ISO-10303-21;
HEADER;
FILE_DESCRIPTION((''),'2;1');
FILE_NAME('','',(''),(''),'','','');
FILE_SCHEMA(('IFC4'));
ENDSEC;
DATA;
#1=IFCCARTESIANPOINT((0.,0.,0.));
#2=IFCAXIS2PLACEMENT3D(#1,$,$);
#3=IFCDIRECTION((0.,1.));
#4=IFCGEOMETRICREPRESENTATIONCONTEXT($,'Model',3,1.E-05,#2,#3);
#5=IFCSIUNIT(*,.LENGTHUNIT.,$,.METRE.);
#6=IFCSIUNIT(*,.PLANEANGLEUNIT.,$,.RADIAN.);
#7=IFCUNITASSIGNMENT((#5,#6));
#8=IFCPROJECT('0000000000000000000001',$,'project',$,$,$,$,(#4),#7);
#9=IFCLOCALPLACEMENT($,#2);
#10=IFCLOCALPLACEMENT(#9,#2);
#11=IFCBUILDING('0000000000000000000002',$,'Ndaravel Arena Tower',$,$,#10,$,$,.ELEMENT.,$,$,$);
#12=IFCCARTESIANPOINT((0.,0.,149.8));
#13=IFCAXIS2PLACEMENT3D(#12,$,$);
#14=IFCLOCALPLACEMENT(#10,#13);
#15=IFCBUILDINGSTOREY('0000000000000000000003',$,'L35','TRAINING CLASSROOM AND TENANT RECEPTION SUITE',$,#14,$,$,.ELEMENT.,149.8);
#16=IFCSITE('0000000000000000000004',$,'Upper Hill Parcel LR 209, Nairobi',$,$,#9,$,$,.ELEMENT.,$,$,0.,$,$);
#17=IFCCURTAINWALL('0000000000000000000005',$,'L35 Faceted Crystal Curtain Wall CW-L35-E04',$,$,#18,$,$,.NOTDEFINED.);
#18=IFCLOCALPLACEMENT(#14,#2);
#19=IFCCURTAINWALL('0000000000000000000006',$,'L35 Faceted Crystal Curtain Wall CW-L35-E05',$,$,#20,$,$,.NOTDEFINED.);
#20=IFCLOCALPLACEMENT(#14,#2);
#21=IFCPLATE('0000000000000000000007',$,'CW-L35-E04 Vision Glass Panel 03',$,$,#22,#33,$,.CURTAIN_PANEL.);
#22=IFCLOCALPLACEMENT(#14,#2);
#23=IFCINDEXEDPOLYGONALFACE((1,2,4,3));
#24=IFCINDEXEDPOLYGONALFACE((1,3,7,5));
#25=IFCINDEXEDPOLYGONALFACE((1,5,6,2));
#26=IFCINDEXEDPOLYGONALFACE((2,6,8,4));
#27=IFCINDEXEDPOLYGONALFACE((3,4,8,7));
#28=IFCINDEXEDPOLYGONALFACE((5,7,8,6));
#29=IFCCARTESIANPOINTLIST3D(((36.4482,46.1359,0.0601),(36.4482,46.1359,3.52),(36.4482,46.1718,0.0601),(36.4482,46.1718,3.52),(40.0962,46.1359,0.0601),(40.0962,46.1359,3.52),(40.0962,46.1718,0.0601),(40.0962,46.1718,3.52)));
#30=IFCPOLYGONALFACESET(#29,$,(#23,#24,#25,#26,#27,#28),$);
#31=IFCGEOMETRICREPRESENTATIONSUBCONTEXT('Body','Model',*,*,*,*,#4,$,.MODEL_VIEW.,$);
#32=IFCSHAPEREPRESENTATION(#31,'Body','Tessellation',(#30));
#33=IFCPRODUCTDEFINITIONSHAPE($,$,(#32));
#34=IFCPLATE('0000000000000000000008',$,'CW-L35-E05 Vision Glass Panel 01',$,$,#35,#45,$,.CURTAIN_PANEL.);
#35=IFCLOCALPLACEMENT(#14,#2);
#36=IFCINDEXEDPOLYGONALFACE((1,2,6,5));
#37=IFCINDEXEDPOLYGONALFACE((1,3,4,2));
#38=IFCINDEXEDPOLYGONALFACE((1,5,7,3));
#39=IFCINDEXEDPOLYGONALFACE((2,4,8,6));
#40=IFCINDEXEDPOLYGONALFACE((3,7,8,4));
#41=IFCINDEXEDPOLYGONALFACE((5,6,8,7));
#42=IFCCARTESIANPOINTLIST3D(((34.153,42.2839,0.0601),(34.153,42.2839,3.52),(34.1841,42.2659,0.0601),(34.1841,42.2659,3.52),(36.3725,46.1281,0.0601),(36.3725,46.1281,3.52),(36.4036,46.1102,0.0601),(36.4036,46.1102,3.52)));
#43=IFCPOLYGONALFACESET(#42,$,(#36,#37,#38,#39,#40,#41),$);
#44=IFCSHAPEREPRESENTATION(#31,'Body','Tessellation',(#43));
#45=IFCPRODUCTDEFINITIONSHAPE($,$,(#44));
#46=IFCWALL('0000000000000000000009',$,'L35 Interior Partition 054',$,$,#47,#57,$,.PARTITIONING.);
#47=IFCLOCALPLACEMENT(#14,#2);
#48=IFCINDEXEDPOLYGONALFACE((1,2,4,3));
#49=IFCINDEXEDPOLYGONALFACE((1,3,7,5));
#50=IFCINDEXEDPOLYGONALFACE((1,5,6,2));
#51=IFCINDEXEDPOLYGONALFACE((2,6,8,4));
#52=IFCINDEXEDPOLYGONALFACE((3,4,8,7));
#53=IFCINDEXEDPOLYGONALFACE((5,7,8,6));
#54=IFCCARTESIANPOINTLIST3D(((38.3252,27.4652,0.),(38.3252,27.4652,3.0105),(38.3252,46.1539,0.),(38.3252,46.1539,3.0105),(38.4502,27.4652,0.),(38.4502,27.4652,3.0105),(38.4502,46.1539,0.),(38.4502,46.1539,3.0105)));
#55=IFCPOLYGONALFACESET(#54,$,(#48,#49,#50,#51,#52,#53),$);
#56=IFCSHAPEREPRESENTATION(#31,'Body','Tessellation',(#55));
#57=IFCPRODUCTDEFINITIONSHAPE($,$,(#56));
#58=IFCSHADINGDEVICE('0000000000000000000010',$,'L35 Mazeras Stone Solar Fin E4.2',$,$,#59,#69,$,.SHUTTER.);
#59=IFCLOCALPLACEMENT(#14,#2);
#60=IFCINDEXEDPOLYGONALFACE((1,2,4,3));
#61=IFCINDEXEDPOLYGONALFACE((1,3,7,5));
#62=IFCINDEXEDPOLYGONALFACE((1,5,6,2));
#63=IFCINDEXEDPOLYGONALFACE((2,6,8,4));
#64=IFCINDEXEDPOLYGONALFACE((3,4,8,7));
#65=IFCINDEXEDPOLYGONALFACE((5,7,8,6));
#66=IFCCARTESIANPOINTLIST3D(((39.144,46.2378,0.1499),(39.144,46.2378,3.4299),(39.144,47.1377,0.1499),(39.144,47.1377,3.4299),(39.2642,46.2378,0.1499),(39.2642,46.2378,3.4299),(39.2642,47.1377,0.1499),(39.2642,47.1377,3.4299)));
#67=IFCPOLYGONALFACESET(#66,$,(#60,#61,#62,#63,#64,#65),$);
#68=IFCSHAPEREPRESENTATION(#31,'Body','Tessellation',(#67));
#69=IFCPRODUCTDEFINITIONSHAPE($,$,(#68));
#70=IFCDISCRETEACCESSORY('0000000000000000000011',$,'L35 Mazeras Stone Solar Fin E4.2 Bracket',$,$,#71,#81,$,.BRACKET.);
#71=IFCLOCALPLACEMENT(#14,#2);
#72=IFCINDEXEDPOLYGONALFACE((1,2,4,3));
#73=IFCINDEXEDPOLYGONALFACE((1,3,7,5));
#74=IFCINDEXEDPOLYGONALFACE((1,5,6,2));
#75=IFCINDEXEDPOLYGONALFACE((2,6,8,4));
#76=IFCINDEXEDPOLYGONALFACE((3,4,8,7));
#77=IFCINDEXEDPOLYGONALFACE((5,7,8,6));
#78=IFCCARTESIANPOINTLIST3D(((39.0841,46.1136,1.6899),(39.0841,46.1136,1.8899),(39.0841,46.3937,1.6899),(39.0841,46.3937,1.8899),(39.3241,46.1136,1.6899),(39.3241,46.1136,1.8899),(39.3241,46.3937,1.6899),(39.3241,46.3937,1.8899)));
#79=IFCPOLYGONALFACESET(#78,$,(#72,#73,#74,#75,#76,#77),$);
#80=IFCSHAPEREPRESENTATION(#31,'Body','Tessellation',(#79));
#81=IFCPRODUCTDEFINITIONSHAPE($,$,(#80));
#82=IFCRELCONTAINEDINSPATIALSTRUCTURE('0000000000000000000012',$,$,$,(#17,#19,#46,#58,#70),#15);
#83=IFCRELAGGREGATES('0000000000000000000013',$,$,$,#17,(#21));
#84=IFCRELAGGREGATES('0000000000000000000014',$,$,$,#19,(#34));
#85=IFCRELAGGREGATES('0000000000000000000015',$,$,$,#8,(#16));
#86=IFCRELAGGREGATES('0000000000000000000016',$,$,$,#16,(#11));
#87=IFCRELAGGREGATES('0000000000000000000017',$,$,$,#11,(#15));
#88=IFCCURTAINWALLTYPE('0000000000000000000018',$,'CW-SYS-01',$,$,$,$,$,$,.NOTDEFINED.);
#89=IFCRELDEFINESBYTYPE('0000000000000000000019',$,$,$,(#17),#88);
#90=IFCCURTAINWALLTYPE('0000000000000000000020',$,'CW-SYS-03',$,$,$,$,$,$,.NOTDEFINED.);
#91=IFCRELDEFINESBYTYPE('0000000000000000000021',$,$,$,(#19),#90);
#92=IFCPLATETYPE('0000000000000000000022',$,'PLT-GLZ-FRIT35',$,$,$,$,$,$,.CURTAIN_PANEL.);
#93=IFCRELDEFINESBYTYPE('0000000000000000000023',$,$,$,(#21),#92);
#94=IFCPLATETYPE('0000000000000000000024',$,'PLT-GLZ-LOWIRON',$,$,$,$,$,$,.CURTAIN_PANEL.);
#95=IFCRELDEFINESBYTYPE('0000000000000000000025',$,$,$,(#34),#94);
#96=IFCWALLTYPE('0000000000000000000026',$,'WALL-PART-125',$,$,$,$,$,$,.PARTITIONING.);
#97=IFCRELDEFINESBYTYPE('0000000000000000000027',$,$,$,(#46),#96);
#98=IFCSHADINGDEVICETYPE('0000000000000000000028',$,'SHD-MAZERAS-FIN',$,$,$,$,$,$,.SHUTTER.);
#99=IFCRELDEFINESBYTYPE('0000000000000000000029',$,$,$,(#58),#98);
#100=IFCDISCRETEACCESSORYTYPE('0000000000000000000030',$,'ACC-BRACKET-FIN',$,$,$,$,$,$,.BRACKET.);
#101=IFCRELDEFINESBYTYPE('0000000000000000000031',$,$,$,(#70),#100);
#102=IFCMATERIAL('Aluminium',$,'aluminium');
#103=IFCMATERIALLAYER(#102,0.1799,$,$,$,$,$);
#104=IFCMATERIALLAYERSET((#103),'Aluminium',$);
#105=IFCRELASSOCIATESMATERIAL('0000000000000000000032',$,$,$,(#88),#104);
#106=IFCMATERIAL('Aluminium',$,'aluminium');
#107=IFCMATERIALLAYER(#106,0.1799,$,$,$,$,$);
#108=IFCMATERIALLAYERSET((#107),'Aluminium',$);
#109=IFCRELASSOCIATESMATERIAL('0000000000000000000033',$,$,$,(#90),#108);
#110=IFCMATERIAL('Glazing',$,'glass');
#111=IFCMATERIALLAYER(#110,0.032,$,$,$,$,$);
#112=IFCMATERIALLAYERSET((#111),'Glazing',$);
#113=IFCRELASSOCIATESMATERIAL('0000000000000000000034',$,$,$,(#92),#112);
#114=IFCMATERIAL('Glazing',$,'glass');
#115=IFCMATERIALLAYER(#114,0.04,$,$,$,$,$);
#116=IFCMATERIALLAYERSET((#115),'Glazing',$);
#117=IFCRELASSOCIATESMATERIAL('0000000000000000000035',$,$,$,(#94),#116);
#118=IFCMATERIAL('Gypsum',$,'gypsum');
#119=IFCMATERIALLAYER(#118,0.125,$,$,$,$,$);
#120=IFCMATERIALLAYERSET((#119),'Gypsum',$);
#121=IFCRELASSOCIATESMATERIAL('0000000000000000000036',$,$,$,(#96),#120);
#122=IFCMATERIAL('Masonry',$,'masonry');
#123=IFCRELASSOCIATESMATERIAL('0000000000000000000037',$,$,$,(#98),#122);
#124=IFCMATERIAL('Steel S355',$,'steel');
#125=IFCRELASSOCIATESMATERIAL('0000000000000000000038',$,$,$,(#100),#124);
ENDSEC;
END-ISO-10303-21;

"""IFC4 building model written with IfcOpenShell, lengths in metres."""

from ifc_helpers import new_model, si_unit, direction, frame, frame_2d, origin, origin_2d, place, context, subcontext, project, spatial, rectangle, extrude, material, layer, layer_set, type_object, element, aggregate, save


model = new_model("IFC4")

# Units and contexts
model_context = context("Model", 3, precision=1e-05, world=origin(), true_north=direction((0.0, 1.0)))
body_context = subcontext(model_context, "Body", "Model", "MODEL_VIEW")
ifc_project = project(units=[si_unit("LENGTHUNIT", "METRE"), si_unit("PLANEANGLEUNIT", "RADIAN")], contexts=[model_context])

# Site, building, storey
site_placement = place(None, origin())
site = spatial("IfcSite", under=ifc_project, at=site_placement, Name="Upper Hill Parcel LR 209, Nairobi", CompositionType="ELEMENT", RefElevation=0.0)
building_placement = place(site_placement, origin())
building = spatial("IfcBuilding", under=site, at=building_placement, Name="Ndaravel Arena Tower", CompositionType="ELEMENT")
storey_placement = place(building_placement, frame((0.0, 0.0, 149.8)))
storey = spatial("IfcBuildingStorey", under=building, at=storey_placement, Name="L35", Description="TRAINING CLASSROOM AND TENANT RECEPTION SUITE", CompositionType="ELEMENT", Elevation=149.8)

# Curtain wall
ifc_material_1 = material(Name="Aluminium", Category="aluminium")
ifc_layer_1 = layer(ifc_material_1, 0.1799)
ifc_layer_set_1 = layer_set([ifc_layer_1], Name="Aluminium")
curtain_wall_type_1 = type_object("IfcCurtainWallType", Name="CW-SYS-01", PredefinedType="NOTDEFINED", material=ifc_layer_set_1)
curtain_wall_1_placement = place(storey_placement, origin())
curtain_wall_1 = element("IfcCurtainWall", 1, at=curtain_wall_1_placement, inside=storey, type_object=curtain_wall_type_1, Name="L35 Faceted Crystal Curtain Wall CW-L35-E04", PredefinedType="NOTDEFINED")

# Curtain wall
ifc_material_2 = material(Name="Aluminium", Category="aluminium")
ifc_layer_2 = layer(ifc_material_2, 0.1799)
ifc_layer_set_2 = layer_set([ifc_layer_2], Name="Aluminium")
curtain_wall_type_2 = type_object("IfcCurtainWallType", Name="CW-SYS-03", PredefinedType="NOTDEFINED", material=ifc_layer_set_2)
curtain_wall_2_placement = place(storey_placement, origin())
curtain_wall_2 = element("IfcCurtainWall", 2, at=curtain_wall_2_placement, inside=storey, type_object=curtain_wall_type_2, Name="L35 Faceted Crystal Curtain Wall CW-L35-E05", PredefinedType="NOTDEFINED")

# Plates
ifc_material_3 = material(Name="Glazing", Category="glass")
ifc_layer_3 = layer(ifc_material_3, 0.032)
ifc_layer_set_3 = layer_set([ifc_layer_3], Name="Glazing")
plate_type_1 = type_object("IfcPlateType", Name="PLT-GLZ-FRIT35", PredefinedType="CURTAIN_PANEL", material=ifc_layer_set_3)
plate_1_placement = place(storey_placement, frame((38.2722, 46.1538, 0.0601), z_axis=(0.0, 0.0, 1.0), x_axis=(-1.0, 0.0, 0.0)))
plate_1 = element("IfcPlate", 3, at=plate_1_placement, type_object=plate_type_1, Name="CW-L35-E04 Vision Glass Panel 03", PredefinedType="CURTAIN_PANEL", context=body_context, shape_type="SweptSolid", body=[
    extrude(rectangle(XDim=3.6479, YDim=0.0359, at=origin_2d()), origin(), (0.0, 0.0, 1.0), 3.46),
])
aggregate(curtain_wall_1, [plate_1])
ifc_material_4 = material(Name="Glazing", Category="glass")
ifc_layer_4 = layer(ifc_material_4, 0.04)
ifc_layer_set_4 = layer_set([ifc_layer_4], Name="Glazing")
plate_type_2 = type_object("IfcPlateType", Name="PLT-GLZ-LOWIRON", PredefinedType="CURTAIN_PANEL", material=ifc_layer_set_4)
plate_2_placement = place(storey_placement, frame((35.2783, 44.197, 0.0601), z_axis=(0.0, 0.0, 1.0), x_axis=(-0.5, -0.866025, 0.0)))
plate_2 = element("IfcPlate", 4, at=plate_2_placement, type_object=plate_type_2, Name="CW-L35-E05 Vision Glass Panel 01", PredefinedType="CURTAIN_PANEL", context=body_context, shape_type="SweptSolid", body=[
    extrude(rectangle(XDim=4.439, YDim=0.0359, at=origin_2d()), origin(), (0.0, 0.0, 1.0), 3.46),
])
aggregate(curtain_wall_2, [plate_2])

# Wall
ifc_material_5 = material(Name="Gypsum", Category="gypsum")
ifc_layer_5 = layer(ifc_material_5, 0.125)
ifc_layer_set_5 = layer_set([ifc_layer_5], Name="Gypsum")
wall_type = type_object("IfcWallType", Name="WALL-PART-125", PredefinedType="PARTITIONING", material=ifc_layer_set_5)
wall_placement = place(storey_placement, frame((38.3877, 46.1538, 0.0), z_axis=(0.0, 0.0, 1.0), x_axis=(0.0, -1.0, 0.0)))
element("IfcWall", 5, at=wall_placement, inside=storey, type_object=wall_type, Name="L35 Interior Partition 054", PredefinedType="PARTITIONING", context=body_context, shape_type="SweptSolid", body=[
    extrude(rectangle(XDim=18.6887, YDim=0.125, at=frame_2d((9.3442, 0.0))), origin(), (0.0, 0.0, 1.0), 3.0105),
])

# Shading device
ifc_material_6 = material(Name="Masonry", Category="masonry")
shading_device_type = type_object("IfcShadingDeviceType", Name="SHD-MAZERAS-FIN", PredefinedType="SHUTTER", material=ifc_material_6)
shading_device_placement = place(storey_placement, frame((39.2041, 46.6877, 0.1499), z_axis=(0.0, 0.0, 1.0), x_axis=(0.0, 1.0, 0.0)))
element("IfcShadingDevice", 6, at=shading_device_placement, inside=storey, type_object=shading_device_type, Name="L35 Mazeras Stone Solar Fin E4.2", PredefinedType="SHUTTER", context=body_context, shape_type="SweptSolid", body=[
    extrude(rectangle(XDim=0.8999, YDim=0.1201, at=origin_2d()), origin(), (0.0, 0.0, 1.0), 3.28),
])

# Discrete accessory
ifc_material_7 = material(Name="Steel S355", Category="steel")
discrete_accessory_type = type_object("IfcDiscreteAccessoryType", Name="ACC-BRACKET-FIN", PredefinedType="BRACKET", material=ifc_material_7)
discrete_accessory_placement = place(storey_placement, frame((39.2041, 46.2537, 1.6899), z_axis=(0.0, 0.0, 1.0), x_axis=(0.0, 1.0, 0.0)))
element("IfcDiscreteAccessory", 7, at=discrete_accessory_placement, inside=storey, type_object=discrete_accessory_type, Name="L35 Mazeras Stone Solar Fin E4.2 Bracket", PredefinedType="BRACKET", context=body_context, shape_type="SweptSolid", body=[
    extrude(rectangle(XDim=0.28, YDim=0.24, at=origin_2d()), origin(), (0.0, 0.0, 1.0), 0.2),
])

save(model, "model.ifc")
